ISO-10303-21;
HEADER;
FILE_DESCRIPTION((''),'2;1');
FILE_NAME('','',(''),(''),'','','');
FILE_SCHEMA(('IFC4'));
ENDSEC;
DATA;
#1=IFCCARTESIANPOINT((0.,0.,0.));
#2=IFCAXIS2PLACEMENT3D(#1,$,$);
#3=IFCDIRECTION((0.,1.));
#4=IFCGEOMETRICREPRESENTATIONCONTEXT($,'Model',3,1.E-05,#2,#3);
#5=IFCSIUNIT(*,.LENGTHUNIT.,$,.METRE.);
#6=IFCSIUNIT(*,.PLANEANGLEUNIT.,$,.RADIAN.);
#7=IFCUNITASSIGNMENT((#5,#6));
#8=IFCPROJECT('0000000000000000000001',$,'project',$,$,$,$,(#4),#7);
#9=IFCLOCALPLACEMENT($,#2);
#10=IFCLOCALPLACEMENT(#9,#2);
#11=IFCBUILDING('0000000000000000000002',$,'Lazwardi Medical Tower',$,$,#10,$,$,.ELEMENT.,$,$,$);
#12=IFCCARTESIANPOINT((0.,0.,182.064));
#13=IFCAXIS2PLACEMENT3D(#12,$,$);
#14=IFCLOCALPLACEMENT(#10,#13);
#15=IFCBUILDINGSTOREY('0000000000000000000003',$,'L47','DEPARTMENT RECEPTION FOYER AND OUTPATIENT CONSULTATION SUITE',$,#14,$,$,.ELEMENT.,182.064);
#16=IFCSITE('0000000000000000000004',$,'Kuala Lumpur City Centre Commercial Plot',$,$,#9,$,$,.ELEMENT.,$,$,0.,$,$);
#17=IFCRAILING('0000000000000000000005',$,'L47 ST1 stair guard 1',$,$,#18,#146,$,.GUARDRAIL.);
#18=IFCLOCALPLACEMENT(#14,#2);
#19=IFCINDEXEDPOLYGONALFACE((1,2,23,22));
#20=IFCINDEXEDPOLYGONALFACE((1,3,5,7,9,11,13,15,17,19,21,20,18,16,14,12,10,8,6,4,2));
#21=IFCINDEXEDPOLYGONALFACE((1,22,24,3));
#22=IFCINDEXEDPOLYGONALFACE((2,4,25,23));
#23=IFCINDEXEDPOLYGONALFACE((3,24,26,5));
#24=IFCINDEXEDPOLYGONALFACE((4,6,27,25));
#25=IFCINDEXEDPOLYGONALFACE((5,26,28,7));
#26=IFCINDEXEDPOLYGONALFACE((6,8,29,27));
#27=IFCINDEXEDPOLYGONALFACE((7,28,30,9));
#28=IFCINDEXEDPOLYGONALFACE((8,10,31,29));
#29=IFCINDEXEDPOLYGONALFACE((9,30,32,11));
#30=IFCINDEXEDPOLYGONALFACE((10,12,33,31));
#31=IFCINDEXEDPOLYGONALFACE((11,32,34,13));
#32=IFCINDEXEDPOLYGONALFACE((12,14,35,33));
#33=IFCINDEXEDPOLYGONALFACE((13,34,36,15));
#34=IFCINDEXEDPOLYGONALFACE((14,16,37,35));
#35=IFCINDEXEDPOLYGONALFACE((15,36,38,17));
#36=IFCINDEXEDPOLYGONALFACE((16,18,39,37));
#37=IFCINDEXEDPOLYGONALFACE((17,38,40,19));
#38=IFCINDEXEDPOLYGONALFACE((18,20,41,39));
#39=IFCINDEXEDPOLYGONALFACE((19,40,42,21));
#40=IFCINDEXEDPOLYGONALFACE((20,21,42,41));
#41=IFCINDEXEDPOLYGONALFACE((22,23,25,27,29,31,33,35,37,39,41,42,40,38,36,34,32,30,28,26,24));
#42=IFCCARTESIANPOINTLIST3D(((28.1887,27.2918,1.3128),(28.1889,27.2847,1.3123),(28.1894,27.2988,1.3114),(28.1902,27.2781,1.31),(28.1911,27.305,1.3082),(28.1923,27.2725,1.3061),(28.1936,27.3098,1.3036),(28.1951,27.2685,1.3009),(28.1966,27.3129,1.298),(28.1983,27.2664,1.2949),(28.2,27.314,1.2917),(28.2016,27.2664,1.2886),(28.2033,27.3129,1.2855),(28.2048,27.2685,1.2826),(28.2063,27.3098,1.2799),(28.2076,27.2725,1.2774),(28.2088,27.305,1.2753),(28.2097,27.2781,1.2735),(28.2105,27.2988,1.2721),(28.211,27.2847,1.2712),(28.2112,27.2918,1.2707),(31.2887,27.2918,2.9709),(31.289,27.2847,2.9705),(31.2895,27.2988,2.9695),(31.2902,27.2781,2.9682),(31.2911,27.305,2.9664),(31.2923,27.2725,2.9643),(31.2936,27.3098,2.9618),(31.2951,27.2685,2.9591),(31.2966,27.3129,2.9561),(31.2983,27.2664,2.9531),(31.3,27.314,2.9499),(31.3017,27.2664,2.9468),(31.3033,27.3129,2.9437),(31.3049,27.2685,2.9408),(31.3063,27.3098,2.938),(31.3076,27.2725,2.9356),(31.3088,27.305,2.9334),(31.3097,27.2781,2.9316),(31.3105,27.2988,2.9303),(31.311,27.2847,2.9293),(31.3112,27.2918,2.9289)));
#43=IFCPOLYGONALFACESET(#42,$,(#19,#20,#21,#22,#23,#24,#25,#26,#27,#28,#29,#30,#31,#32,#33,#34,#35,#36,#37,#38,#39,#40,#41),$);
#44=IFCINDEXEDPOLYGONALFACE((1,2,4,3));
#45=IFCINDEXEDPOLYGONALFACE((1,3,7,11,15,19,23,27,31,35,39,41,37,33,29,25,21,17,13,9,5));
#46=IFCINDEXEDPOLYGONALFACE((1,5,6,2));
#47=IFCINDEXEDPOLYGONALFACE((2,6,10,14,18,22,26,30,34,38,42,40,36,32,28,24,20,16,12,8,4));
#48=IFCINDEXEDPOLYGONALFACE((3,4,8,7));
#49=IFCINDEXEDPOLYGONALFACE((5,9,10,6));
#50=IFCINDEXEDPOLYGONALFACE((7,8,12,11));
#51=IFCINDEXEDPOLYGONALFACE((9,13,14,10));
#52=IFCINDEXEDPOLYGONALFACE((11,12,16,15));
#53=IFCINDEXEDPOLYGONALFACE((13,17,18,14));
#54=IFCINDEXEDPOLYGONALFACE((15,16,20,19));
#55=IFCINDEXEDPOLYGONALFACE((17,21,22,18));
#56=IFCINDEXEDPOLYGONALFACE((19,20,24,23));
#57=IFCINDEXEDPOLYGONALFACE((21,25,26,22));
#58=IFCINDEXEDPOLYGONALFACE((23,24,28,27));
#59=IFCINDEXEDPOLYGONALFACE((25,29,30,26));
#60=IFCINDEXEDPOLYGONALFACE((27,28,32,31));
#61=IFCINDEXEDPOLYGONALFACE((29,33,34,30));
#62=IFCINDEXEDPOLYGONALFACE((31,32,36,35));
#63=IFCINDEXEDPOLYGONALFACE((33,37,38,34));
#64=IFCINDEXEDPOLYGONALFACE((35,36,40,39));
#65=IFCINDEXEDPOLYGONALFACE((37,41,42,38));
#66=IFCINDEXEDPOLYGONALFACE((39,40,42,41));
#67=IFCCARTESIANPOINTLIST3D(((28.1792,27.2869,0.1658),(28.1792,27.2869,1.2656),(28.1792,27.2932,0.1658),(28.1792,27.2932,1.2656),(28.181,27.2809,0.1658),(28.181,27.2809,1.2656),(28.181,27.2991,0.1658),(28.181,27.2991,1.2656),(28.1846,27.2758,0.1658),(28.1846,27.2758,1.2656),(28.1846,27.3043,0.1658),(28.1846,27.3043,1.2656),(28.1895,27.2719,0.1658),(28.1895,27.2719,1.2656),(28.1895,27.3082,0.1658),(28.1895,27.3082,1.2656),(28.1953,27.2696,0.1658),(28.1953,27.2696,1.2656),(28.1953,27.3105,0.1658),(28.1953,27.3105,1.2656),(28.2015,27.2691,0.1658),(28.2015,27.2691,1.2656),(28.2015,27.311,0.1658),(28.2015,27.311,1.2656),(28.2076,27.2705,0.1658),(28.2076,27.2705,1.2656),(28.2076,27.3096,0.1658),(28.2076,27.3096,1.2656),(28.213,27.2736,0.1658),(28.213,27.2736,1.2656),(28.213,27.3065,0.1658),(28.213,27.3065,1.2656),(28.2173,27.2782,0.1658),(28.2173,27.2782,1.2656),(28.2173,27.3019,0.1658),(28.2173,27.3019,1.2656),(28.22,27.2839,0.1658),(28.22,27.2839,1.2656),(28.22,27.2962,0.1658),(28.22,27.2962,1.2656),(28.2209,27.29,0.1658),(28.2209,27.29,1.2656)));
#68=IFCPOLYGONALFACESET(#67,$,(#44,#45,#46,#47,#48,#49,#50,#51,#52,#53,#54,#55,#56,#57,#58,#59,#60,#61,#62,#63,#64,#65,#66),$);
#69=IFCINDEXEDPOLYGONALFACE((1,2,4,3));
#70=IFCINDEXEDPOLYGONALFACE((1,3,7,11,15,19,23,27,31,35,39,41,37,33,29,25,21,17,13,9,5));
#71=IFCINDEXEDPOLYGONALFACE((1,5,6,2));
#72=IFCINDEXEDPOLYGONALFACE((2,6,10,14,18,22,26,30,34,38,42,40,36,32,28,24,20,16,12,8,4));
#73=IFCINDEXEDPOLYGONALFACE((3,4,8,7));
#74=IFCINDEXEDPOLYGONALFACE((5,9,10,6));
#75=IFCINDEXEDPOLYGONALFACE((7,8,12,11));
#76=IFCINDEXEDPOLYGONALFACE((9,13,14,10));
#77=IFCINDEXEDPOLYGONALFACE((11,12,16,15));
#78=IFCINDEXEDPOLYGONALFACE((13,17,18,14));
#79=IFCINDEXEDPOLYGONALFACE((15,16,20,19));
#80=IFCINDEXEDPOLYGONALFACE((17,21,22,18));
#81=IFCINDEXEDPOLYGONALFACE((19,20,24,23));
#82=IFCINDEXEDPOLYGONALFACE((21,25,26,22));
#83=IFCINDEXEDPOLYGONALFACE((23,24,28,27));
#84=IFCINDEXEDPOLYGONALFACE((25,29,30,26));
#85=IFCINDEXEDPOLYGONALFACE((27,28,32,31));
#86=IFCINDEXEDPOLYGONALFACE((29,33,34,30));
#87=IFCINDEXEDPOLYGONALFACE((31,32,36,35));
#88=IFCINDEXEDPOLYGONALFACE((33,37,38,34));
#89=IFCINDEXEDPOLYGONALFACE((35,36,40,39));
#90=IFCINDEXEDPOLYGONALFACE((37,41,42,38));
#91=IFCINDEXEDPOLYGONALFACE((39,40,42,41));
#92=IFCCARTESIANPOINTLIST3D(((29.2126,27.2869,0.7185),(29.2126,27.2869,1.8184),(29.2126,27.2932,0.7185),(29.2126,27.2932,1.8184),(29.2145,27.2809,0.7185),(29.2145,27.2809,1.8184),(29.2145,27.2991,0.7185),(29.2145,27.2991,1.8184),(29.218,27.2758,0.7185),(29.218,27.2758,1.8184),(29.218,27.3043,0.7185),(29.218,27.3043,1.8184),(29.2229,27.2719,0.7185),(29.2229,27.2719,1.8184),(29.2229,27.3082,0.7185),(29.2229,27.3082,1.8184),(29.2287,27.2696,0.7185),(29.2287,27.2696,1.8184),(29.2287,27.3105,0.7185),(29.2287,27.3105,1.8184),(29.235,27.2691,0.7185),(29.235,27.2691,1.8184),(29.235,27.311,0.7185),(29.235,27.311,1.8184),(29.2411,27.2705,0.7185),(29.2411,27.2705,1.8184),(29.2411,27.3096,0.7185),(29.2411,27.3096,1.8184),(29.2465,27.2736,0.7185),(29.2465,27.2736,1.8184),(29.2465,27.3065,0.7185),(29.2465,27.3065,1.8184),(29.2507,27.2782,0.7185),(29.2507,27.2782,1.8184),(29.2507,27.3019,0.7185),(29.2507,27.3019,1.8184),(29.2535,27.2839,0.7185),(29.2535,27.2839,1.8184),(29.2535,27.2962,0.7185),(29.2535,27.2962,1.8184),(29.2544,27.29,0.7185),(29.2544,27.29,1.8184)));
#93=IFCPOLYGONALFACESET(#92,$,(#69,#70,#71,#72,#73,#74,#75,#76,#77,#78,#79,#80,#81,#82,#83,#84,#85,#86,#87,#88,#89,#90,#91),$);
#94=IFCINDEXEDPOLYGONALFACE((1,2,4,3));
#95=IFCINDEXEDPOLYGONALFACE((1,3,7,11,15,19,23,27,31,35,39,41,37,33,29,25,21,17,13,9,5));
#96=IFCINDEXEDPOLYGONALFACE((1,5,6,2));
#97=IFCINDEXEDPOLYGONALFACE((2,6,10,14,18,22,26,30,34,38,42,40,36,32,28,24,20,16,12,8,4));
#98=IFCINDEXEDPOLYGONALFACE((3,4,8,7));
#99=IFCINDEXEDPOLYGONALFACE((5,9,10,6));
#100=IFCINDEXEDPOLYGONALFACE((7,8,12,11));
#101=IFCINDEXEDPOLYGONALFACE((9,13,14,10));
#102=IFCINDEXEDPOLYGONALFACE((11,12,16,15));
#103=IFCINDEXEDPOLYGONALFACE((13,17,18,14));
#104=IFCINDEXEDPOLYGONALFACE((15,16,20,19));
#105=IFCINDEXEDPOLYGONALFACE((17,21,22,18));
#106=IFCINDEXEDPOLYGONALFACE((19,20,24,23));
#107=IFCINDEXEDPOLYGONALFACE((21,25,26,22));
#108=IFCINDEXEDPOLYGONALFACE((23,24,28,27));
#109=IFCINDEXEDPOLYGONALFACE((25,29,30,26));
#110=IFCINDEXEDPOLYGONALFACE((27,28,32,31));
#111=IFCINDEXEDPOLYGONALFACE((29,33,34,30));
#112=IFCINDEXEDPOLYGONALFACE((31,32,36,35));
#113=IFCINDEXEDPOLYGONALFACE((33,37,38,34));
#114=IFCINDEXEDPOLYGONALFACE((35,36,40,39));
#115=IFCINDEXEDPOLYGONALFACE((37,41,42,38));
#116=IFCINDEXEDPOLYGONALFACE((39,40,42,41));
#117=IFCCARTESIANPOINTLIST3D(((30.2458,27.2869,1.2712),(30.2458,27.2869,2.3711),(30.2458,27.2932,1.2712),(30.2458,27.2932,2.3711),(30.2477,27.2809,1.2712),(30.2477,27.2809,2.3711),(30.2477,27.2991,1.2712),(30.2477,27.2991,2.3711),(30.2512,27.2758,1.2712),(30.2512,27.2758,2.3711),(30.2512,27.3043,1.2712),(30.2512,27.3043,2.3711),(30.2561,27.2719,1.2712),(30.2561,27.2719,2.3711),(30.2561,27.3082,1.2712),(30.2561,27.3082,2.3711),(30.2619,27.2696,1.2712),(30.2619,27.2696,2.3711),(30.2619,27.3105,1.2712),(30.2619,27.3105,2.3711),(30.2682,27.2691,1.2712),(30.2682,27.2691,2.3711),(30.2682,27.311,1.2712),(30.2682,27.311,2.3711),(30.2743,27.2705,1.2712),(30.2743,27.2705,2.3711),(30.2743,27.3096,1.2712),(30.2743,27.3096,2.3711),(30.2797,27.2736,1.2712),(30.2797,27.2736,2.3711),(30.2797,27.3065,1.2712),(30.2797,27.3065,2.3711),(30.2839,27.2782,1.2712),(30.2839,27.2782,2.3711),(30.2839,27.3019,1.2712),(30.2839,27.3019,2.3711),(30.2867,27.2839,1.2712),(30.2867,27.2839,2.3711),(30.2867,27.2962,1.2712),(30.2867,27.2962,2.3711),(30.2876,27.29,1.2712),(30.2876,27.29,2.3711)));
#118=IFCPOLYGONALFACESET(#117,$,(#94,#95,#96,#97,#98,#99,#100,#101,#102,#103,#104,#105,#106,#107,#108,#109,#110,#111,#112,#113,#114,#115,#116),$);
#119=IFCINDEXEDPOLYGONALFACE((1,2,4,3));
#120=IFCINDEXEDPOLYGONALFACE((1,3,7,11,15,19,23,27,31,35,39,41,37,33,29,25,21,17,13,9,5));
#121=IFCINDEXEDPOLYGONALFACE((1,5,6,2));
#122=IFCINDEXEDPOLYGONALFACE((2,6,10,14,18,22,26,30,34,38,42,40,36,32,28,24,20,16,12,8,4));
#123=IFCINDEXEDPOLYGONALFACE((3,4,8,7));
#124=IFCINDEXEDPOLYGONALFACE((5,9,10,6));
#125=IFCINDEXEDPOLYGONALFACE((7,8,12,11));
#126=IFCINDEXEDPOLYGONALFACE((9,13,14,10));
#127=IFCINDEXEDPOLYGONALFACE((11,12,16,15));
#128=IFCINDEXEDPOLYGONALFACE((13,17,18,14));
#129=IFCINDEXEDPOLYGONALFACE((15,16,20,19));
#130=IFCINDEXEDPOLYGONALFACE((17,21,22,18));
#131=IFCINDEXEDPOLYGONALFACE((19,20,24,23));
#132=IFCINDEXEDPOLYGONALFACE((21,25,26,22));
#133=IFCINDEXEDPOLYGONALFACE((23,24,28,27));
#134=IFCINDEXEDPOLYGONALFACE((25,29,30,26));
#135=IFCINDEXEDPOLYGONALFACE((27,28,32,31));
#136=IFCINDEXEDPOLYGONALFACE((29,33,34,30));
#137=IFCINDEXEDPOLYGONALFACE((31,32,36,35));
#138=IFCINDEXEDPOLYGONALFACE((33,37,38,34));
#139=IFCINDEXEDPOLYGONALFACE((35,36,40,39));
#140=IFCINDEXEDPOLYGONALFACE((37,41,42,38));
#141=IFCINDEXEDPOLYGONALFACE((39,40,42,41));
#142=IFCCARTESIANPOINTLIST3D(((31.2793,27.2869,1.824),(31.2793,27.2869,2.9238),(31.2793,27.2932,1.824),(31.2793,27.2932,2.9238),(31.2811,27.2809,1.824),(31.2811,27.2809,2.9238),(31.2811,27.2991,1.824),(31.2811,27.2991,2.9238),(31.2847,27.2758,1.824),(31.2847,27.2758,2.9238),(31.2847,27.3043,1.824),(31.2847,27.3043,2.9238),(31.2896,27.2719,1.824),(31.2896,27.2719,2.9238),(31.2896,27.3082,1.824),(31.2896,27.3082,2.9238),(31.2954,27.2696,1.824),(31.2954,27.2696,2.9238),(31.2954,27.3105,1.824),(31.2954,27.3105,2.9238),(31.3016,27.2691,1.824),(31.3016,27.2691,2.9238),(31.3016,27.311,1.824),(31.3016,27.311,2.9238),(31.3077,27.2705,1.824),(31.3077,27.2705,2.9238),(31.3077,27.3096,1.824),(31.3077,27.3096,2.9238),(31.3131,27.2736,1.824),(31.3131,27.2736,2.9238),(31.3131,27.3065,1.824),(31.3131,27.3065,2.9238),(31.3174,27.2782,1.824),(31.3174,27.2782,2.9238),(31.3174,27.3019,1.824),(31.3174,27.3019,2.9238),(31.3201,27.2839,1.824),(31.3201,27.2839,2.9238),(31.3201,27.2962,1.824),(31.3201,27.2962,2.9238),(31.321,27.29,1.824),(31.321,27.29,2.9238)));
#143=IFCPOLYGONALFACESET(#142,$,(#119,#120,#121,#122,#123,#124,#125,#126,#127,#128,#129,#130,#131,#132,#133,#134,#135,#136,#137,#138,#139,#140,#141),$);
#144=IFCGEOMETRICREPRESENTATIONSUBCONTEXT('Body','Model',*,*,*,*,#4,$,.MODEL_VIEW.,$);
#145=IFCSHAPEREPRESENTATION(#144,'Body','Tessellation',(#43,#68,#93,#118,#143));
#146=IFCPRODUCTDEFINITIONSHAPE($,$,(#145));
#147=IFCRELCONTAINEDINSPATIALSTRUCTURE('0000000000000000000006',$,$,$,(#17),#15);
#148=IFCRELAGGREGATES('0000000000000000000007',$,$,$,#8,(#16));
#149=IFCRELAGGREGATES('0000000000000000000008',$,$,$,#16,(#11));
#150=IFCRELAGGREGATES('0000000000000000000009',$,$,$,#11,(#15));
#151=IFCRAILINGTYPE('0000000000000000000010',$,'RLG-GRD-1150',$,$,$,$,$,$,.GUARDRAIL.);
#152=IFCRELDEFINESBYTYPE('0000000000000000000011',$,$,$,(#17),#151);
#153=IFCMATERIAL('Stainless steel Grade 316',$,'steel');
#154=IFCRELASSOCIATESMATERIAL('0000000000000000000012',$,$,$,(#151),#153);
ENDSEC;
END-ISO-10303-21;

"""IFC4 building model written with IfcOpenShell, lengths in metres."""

from ifc_helpers import new_model, si_unit, direction, frame, origin, origin_2d, place, context, subcontext, project, spatial, circle, extrude, material, type_object, element, save


model = new_model("IFC4")

# Units and contexts
model_context = context("Model", 3, precision=1e-05, world=origin(), true_north=direction((0.0, 1.0)))
body_context = subcontext(model_context, "Body", "Model", "MODEL_VIEW")
ifc_project = project(units=[si_unit("LENGTHUNIT", "METRE"), si_unit("PLANEANGLEUNIT", "RADIAN")], contexts=[model_context])

# Site, building, storey
site_placement = place(None, origin())
site = spatial("IfcSite", under=ifc_project, at=site_placement, Name="Kuala Lumpur City Centre Commercial Plot", CompositionType="ELEMENT", RefElevation=0.0)
building_placement = place(site_placement, origin())
building = spatial("IfcBuilding", under=site, at=building_placement, Name="Lazwardi Medical Tower", CompositionType="ELEMENT")
storey_placement = place(building_placement, frame((0.0, 0.0, 182.064)))
storey = spatial("IfcBuildingStorey", under=building, at=storey_placement, Name="L47", Description="DEPARTMENT RECEPTION FOYER AND OUTPATIENT CONSULTATION SUITE", CompositionType="ELEMENT", Elevation=182.064)

# Railing
ifc_material_1 = material(Name="Stainless steel Grade 316", Category="steel")
railing_type_1 = type_object("IfcRailingType", Name="RLG-GRD-1150", PredefinedType="GUARDRAIL", material=ifc_material_1)
railing_1_placement = place(storey_placement, frame((28.2, 27.29, 0.1658)))
element("IfcRailing", 1, at=railing_1_placement, inside=storey, type_object=railing_type_1, Name="L47 ST1 stair guard 1", PredefinedType="GUARDRAIL", context=body_context, shape_type="SweptSolid", body=[
    extrude(circle(Radius=0.0239, at=origin_2d()), frame((0.0, 0.0, 1.126), z_axis=(0.881783, 0.0, 0.471655), x_axis=(0.0, 1.0, 0.0)), (0.0, 0.0, 1.0), 3.5156),
    extrude(circle(Radius=0.021, at=origin_2d()), origin(), (0.0, 0.0, 1.0), 1.0999),
    extrude(circle(Radius=0.021, at=origin_2d()), frame((1.0334, 0.0, 0.5527)), (0.0, 0.0, 1.0), 1.0999),
    extrude(circle(Radius=0.021, at=origin_2d()), frame((2.0667, 0.0, 1.1055)), (0.0, 0.0, 1.0), 1.0999),
    extrude(circle(Radius=0.021, at=origin_2d()), frame((3.1001, 0.0, 1.6582)), (0.0, 0.0, 1.0), 1.0999),
])

save(model, "model.ifc")
